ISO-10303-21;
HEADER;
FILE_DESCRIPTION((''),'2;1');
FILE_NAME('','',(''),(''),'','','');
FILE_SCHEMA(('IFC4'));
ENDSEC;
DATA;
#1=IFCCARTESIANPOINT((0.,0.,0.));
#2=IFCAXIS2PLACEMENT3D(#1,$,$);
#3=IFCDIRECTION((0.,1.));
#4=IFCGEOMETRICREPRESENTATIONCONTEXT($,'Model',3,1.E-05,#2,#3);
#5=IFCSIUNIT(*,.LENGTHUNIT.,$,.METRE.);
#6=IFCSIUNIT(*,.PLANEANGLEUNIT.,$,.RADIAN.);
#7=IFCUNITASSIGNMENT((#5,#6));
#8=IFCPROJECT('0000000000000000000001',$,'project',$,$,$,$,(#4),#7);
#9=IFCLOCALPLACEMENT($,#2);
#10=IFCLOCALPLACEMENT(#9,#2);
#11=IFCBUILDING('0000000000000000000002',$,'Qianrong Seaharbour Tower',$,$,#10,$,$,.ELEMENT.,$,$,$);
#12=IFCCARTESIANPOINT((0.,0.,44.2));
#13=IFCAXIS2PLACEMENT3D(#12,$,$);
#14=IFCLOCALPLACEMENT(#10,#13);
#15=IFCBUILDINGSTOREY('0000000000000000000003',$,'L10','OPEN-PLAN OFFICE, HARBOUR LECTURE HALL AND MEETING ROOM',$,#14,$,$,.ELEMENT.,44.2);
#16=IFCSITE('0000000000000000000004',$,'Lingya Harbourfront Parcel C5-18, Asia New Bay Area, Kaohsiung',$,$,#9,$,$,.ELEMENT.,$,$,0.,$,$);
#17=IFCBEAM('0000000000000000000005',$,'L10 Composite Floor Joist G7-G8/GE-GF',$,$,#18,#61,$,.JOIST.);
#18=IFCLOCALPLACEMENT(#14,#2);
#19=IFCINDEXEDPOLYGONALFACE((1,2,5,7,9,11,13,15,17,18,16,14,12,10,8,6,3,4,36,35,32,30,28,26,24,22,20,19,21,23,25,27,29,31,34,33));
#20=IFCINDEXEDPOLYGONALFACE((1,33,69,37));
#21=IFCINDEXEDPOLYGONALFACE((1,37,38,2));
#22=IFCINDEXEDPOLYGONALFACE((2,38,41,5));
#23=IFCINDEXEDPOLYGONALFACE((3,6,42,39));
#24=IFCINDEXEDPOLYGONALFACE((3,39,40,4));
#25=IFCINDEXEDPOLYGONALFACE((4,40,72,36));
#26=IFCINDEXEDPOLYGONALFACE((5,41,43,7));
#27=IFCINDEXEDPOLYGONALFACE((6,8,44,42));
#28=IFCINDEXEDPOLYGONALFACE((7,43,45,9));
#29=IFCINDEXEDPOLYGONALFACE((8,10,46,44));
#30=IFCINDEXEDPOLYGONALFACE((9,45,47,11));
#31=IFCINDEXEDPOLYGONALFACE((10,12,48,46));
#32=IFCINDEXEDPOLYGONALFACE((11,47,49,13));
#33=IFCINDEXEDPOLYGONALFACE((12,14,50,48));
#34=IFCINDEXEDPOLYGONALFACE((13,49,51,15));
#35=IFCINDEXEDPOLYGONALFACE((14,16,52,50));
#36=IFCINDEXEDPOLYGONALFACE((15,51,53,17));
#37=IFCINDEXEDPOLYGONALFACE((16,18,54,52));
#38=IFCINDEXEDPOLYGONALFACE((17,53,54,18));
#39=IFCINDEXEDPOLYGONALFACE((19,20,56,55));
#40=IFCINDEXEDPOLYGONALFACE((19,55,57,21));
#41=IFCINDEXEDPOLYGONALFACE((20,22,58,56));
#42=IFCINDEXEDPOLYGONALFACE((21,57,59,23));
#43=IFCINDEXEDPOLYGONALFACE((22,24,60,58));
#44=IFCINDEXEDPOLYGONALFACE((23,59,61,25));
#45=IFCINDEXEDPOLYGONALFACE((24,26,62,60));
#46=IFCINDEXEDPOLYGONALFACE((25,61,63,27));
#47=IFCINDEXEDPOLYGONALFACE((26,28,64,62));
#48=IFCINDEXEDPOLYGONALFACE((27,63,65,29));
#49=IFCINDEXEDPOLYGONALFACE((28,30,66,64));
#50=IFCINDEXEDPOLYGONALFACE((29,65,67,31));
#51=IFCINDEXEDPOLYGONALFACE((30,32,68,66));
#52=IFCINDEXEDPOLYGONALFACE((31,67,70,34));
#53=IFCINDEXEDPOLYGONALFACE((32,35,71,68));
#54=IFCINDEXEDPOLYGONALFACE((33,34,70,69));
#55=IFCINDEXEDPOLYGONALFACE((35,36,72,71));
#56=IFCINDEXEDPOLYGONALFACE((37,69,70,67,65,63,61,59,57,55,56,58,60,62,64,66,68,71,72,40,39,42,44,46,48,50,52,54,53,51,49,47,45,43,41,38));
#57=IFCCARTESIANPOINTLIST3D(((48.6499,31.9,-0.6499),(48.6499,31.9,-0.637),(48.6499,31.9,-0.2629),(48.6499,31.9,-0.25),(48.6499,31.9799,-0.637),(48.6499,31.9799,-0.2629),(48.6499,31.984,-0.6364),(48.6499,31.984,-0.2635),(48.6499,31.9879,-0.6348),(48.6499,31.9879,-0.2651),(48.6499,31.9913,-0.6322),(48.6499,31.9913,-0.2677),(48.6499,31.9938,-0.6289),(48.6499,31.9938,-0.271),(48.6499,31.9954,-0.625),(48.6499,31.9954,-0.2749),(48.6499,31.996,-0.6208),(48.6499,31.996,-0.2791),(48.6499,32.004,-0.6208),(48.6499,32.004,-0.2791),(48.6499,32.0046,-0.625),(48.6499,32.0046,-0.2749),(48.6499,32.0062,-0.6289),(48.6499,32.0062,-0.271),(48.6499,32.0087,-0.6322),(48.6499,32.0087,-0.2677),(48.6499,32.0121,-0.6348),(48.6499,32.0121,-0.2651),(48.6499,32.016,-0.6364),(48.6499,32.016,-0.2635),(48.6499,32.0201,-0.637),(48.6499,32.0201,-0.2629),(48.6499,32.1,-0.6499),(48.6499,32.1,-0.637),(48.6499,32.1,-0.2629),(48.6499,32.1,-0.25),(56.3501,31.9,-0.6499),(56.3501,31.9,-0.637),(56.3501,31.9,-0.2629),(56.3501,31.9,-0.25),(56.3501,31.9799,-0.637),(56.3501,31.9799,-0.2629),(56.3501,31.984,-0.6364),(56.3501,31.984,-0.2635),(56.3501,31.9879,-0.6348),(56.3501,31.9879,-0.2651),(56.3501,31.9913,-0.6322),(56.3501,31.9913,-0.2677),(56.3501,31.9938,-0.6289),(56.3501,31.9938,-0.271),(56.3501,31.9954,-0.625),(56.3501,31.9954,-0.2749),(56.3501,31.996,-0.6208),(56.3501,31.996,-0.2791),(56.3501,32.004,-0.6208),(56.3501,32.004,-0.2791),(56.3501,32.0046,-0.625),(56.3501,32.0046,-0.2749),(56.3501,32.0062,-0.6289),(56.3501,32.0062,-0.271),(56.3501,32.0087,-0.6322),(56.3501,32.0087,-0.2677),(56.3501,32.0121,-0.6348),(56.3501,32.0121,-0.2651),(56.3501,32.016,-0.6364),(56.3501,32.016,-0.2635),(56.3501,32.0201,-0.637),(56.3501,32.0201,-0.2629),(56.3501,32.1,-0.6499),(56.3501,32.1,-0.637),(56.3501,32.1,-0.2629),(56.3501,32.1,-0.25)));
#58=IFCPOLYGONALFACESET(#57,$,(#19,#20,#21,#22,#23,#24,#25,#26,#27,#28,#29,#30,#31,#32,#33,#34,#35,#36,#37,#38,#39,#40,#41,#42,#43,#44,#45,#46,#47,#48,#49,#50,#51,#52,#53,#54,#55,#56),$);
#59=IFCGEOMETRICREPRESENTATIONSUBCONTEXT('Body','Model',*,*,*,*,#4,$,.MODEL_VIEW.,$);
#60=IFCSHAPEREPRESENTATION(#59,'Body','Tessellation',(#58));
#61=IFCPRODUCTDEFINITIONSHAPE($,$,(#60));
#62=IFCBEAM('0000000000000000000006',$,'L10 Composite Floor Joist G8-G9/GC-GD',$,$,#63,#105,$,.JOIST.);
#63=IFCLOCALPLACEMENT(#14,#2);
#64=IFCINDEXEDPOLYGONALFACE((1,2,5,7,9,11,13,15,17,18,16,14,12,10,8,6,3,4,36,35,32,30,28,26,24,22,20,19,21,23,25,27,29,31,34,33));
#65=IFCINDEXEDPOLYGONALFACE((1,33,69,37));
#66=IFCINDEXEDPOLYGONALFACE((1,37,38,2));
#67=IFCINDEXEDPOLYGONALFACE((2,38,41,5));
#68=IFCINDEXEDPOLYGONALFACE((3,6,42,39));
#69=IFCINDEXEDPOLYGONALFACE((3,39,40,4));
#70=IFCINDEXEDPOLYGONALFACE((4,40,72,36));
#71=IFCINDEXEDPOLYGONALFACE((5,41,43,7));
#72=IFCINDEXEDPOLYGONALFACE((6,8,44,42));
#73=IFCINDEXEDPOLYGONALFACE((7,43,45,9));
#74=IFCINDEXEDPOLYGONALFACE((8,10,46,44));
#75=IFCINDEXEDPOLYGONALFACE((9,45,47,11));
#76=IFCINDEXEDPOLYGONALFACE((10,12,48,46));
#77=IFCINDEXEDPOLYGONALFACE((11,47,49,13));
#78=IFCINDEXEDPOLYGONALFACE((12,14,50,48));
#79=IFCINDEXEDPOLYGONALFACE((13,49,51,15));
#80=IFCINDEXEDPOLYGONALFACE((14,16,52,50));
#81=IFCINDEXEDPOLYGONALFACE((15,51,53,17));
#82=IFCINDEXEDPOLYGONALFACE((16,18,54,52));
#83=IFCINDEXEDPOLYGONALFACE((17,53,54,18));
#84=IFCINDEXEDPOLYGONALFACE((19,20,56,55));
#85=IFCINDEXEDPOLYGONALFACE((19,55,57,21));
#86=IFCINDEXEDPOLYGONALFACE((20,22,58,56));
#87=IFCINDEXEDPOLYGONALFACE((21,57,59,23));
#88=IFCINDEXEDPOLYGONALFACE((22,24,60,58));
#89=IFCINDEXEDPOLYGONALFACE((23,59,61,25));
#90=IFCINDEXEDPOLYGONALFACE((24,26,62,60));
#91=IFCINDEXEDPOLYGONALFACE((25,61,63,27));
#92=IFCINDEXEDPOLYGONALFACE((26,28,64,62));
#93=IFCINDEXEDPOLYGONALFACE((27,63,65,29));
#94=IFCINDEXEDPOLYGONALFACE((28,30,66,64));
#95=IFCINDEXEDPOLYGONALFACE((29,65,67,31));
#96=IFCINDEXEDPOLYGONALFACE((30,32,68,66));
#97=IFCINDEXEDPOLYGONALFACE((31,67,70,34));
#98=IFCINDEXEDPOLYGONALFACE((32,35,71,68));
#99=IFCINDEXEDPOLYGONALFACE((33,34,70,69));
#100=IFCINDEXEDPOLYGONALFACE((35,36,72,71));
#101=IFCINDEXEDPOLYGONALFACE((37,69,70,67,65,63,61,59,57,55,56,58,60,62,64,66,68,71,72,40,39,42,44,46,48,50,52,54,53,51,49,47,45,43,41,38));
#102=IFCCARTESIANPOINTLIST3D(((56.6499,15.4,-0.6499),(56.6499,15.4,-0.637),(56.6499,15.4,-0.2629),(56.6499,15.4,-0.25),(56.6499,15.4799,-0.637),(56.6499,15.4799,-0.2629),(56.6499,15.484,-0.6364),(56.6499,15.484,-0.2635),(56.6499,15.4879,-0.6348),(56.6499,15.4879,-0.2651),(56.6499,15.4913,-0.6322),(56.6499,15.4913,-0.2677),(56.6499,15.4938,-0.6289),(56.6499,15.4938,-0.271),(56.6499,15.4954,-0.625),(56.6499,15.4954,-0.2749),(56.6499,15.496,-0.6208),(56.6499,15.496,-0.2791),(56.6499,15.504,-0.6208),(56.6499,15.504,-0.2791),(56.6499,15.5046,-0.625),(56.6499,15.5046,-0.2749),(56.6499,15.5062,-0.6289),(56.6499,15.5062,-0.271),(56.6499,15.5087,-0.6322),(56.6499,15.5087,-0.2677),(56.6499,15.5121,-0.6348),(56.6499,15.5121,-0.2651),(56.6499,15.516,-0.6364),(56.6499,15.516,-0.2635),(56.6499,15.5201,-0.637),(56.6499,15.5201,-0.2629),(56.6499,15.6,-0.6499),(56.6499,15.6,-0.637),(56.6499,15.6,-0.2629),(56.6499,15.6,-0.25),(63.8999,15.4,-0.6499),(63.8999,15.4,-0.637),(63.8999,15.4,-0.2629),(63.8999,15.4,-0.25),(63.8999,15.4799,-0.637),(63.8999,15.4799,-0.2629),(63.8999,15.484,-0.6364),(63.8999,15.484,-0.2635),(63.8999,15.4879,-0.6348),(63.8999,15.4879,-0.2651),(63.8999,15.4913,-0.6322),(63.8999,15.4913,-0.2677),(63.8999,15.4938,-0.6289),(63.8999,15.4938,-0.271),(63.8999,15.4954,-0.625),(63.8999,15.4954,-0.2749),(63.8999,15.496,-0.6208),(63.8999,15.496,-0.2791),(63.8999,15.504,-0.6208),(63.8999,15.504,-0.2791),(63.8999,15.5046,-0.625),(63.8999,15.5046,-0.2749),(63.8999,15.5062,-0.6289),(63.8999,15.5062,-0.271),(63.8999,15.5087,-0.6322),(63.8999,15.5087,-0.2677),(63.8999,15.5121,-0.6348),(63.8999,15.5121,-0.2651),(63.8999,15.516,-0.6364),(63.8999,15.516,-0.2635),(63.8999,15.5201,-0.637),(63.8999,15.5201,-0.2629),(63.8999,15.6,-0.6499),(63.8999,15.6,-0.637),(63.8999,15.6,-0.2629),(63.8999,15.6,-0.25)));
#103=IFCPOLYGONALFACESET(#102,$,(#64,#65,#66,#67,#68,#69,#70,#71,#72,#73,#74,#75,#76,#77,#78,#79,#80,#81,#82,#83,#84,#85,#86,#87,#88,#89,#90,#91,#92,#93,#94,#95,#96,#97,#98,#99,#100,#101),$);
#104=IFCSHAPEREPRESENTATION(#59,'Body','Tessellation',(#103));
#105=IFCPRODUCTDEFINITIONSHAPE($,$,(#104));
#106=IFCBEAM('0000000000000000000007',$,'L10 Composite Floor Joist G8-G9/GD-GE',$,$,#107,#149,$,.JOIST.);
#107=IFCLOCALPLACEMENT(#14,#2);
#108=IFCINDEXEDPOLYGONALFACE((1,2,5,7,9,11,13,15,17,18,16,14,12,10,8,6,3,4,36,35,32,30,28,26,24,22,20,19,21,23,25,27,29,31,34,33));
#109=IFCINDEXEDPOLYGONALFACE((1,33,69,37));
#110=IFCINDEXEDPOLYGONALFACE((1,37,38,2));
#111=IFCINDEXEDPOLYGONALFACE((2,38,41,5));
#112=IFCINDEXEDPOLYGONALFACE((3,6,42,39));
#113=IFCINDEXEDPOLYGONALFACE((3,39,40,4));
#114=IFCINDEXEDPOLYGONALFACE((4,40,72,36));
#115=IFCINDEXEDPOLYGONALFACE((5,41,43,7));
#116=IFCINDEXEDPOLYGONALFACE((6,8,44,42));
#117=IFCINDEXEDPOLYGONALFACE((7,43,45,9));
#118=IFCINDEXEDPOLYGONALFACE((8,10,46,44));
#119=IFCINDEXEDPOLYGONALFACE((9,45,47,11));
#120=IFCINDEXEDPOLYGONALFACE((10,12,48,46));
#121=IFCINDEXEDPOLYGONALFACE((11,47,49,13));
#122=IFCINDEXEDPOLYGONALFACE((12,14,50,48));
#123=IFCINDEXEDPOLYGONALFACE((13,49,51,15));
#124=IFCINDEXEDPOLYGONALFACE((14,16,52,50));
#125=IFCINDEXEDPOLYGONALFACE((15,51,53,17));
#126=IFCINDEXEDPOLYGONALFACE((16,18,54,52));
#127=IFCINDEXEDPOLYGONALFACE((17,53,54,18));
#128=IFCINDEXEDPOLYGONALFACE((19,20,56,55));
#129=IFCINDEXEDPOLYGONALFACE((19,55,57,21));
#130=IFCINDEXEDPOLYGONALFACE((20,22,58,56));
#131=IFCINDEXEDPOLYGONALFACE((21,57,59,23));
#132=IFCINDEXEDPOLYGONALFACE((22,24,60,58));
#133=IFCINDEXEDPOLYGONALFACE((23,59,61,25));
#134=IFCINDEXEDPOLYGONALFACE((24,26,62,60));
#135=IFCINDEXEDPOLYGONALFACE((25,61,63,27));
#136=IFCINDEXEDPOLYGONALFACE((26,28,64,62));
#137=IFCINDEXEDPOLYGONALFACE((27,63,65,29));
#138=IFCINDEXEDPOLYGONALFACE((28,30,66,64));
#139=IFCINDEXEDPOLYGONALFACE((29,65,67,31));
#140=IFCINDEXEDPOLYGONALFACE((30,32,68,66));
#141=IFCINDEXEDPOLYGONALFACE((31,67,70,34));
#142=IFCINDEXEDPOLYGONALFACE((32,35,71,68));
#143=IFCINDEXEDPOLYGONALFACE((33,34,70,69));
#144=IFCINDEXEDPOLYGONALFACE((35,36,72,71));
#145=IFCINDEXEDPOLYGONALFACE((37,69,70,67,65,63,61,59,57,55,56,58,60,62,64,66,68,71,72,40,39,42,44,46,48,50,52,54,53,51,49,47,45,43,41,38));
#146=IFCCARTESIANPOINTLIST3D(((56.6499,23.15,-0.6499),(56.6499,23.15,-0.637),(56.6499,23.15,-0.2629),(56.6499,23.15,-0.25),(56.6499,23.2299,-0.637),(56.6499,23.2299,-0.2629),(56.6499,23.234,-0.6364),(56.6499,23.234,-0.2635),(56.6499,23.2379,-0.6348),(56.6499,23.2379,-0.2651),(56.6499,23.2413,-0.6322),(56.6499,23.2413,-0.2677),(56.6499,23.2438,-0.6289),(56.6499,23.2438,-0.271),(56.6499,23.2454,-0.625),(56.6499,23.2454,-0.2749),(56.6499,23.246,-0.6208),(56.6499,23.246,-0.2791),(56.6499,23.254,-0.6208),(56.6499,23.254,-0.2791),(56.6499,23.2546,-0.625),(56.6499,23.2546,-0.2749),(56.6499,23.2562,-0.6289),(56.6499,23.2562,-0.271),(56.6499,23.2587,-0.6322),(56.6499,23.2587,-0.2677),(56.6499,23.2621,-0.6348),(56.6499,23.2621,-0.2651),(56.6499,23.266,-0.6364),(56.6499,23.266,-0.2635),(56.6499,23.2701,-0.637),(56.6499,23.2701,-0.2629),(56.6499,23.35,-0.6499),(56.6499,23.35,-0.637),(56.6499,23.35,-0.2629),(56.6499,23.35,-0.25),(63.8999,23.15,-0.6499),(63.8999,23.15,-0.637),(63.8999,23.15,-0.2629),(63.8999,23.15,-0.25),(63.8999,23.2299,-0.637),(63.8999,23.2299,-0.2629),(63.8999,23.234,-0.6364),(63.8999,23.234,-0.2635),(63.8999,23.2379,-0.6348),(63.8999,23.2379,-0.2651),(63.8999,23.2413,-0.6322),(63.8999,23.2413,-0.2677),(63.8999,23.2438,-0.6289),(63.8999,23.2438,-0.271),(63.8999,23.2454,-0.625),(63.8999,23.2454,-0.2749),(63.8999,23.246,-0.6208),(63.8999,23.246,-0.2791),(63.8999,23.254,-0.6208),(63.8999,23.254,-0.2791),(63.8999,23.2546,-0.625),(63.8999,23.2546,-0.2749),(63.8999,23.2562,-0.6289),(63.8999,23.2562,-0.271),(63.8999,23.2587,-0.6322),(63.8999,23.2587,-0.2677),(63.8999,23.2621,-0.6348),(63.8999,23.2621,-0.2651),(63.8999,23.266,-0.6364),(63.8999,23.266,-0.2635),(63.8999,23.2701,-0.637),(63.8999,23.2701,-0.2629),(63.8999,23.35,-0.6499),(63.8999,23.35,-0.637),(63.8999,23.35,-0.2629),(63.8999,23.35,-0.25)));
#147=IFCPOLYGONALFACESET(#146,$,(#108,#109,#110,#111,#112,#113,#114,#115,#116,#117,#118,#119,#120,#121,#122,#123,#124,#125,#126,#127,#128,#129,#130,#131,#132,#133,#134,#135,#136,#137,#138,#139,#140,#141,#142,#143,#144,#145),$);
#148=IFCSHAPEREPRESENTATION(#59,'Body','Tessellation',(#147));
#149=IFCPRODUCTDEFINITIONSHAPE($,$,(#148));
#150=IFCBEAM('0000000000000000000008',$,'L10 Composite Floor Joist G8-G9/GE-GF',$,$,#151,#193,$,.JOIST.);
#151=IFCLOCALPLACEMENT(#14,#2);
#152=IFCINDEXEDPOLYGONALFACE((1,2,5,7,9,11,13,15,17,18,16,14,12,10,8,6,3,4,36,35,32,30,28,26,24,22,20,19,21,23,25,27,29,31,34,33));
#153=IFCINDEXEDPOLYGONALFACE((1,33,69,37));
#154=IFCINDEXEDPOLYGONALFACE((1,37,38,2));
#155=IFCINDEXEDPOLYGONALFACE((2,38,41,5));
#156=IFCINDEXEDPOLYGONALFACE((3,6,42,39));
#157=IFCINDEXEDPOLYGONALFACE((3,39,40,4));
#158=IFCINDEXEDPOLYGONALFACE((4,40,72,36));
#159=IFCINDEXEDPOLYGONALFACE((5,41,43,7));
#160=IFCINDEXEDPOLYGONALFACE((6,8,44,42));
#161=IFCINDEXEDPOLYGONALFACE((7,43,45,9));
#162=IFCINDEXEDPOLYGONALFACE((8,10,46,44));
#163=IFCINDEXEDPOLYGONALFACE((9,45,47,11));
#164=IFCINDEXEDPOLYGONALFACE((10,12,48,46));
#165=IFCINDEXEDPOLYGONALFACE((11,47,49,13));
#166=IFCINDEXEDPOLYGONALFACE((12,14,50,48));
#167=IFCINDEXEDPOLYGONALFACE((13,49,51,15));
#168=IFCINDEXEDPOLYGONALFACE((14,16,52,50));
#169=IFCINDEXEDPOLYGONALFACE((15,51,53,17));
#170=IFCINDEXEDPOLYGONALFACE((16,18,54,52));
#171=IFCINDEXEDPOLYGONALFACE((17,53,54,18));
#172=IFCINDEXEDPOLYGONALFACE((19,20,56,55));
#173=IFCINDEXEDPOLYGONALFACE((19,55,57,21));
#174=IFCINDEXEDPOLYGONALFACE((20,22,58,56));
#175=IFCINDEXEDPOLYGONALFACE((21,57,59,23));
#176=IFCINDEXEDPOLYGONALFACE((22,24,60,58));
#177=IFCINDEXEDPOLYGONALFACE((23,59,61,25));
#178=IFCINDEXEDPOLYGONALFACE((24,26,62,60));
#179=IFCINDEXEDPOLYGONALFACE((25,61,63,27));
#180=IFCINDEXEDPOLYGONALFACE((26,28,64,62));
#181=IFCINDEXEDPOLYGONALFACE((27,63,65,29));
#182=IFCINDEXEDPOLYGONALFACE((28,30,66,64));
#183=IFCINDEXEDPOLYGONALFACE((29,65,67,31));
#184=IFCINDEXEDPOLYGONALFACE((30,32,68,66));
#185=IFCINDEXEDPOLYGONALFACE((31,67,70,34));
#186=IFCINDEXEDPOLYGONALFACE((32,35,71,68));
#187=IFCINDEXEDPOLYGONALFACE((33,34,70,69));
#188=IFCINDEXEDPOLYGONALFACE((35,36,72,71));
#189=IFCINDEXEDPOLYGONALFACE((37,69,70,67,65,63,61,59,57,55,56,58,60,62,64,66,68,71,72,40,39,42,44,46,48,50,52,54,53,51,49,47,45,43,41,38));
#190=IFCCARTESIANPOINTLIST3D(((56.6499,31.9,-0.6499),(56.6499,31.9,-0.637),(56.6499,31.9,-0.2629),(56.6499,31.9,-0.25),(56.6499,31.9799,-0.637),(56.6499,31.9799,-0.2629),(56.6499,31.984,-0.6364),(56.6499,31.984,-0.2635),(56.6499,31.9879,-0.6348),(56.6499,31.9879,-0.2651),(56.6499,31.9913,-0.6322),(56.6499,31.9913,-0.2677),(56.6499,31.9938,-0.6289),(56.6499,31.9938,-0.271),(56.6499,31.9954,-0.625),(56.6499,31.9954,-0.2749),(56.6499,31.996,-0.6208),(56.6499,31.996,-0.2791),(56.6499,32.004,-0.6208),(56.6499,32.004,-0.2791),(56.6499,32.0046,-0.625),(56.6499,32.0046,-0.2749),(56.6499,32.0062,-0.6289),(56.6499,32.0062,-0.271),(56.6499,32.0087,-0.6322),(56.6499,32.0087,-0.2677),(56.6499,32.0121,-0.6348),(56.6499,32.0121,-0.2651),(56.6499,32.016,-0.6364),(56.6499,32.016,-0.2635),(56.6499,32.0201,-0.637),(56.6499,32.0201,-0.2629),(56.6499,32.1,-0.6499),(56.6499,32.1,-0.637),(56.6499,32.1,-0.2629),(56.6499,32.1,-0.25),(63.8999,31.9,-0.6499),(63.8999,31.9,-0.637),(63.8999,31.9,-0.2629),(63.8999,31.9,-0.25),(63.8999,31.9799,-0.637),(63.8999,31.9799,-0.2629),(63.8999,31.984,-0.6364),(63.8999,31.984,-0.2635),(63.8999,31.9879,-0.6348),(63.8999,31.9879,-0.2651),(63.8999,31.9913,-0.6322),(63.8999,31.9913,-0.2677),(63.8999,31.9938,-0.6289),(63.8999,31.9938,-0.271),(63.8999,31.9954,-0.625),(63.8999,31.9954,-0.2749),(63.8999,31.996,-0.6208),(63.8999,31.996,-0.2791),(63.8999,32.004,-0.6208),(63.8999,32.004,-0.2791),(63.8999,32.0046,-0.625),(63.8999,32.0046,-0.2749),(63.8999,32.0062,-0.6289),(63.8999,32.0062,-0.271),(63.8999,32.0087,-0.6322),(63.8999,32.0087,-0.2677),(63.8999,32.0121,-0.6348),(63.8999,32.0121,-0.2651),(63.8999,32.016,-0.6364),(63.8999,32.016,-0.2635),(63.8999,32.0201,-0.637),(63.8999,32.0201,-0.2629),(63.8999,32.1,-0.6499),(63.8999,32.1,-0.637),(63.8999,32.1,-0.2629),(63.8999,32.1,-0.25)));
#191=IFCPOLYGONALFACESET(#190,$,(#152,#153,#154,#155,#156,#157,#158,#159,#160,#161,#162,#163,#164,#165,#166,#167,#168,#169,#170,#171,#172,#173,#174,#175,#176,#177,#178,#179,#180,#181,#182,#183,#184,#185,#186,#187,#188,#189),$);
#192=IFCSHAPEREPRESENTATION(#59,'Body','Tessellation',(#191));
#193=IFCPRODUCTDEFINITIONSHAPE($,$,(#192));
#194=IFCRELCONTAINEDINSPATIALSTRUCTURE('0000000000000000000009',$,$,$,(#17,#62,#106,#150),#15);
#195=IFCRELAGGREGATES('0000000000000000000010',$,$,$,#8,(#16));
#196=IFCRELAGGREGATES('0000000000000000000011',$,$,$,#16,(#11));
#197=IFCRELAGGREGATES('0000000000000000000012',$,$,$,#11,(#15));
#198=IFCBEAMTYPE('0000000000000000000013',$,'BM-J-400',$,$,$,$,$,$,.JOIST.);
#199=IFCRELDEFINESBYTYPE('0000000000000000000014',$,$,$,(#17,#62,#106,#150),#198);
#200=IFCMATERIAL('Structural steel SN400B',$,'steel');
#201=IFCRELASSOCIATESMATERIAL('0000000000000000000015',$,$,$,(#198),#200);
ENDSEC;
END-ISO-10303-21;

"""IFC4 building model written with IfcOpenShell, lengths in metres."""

from ifc_helpers import new_model, si_unit, direction, frame, origin, origin_2d, place, context, subcontext, project, spatial, i_section, extrude, material, material_profile, profile_set, type_object, element, save


model = new_model("IFC4")

# Units and contexts
model_context = context("Model", 3, precision=1e-05, world=origin(), true_north=direction((0.0, 1.0)))
body_context = subcontext(model_context, "Body", "Model", "MODEL_VIEW")
ifc_project = project(units=[si_unit("LENGTHUNIT", "METRE"), si_unit("PLANEANGLEUNIT", "RADIAN")], contexts=[model_context])

# Site, building, storey
site_placement = place(None, origin())
site = spatial("IfcSite", under=ifc_project, at=site_placement, Name="Lingya Harbourfront Parcel C5-18, Asia New Bay Area, Kaohsiung", CompositionType="ELEMENT", RefElevation=0.0)
building_placement = place(site_placement, origin())
building = spatial("IfcBuilding", under=site, at=building_placement, Name="Qianrong Seaharbour Tower", CompositionType="ELEMENT")
storey_placement = place(building_placement, frame((0.0, 0.0, 44.2)))
storey = spatial("IfcBuildingStorey", under=building, at=storey_placement, Name="L10", Description="OPEN-PLAN OFFICE, HARBOUR LECTURE HALL AND MEETING ROOM", CompositionType="ELEMENT", Elevation=44.2)

# Beams
ifc_material_1 = material(Name="Structural steel SN400B", Category="steel")
ifc_material_profile_1 = material_profile(ifc_material_1, i_section(OverallWidth=0.2, OverallDepth=0.3999, WebThickness=0.0081, FlangeThickness=0.0129, FilletRadius=0.0161, at=origin_2d()), Name="H400x200x8x13")
ifc_profile_set_1 = profile_set([ifc_material_profile_1], Name="Structural steel SN400B")
beam_type_1 = type_object("IfcBeamType", Name="BM-J-400", PredefinedType="JOIST", material=ifc_profile_set_1)
for number, where, z_axis, x_axis, name in (
    (1, (48.6499, 32.0, -0.45), (1.0, 0.0, 0.0), (0.0, 1.0, 0.0), "L10 Composite Floor Joist G7-G8/GE-GF"),
):
    element("IfcBeam", number, at=place(storey_placement, frame(where, z_axis=z_axis, x_axis=x_axis)), inside=storey, type_object=beam_type_1, Name=name, PredefinedType="JOIST", context=body_context, shape_type="SweptSolid", body=[
        extrude(i_section(OverallWidth=0.2, OverallDepth=0.3999, WebThickness=0.0081, FlangeThickness=0.0129, FilletRadius=0.0161, at=origin_2d()), origin(), (0.0, 0.0, 1.0), 7.7002),
    ])
for number, where, z_axis, x_axis, name in (
    (2, (56.6499, 15.5, -0.45), (1.0, 0.0, 0.0), (0.0, 1.0, 0.0), "L10 Composite Floor Joist G8-G9/GC-GD"),
    (3, (56.6499, 23.25, -0.45), (1.0, 0.0, 0.0), (0.0, 1.0, 0.0), "L10 Composite Floor Joist G8-G9/GD-GE"),
    (4, (56.6499, 32.0, -0.45), (1.0, 0.0, 0.0), (0.0, 1.0, 0.0), "L10 Composite Floor Joist G8-G9/GE-GF"),
):
    element("IfcBeam", number, at=place(storey_placement, frame(where, z_axis=z_axis, x_axis=x_axis)), inside=storey, type_object=beam_type_1, Name=name, PredefinedType="JOIST", context=body_context, shape_type="SweptSolid", body=[
        extrude(i_section(OverallWidth=0.2, OverallDepth=0.3999, WebThickness=0.0081, FlangeThickness=0.0129, FilletRadius=0.0161, at=origin_2d()), origin(), (0.0, 0.0, 1.0), 7.25),
    ])

save(model, "model.ifc")
